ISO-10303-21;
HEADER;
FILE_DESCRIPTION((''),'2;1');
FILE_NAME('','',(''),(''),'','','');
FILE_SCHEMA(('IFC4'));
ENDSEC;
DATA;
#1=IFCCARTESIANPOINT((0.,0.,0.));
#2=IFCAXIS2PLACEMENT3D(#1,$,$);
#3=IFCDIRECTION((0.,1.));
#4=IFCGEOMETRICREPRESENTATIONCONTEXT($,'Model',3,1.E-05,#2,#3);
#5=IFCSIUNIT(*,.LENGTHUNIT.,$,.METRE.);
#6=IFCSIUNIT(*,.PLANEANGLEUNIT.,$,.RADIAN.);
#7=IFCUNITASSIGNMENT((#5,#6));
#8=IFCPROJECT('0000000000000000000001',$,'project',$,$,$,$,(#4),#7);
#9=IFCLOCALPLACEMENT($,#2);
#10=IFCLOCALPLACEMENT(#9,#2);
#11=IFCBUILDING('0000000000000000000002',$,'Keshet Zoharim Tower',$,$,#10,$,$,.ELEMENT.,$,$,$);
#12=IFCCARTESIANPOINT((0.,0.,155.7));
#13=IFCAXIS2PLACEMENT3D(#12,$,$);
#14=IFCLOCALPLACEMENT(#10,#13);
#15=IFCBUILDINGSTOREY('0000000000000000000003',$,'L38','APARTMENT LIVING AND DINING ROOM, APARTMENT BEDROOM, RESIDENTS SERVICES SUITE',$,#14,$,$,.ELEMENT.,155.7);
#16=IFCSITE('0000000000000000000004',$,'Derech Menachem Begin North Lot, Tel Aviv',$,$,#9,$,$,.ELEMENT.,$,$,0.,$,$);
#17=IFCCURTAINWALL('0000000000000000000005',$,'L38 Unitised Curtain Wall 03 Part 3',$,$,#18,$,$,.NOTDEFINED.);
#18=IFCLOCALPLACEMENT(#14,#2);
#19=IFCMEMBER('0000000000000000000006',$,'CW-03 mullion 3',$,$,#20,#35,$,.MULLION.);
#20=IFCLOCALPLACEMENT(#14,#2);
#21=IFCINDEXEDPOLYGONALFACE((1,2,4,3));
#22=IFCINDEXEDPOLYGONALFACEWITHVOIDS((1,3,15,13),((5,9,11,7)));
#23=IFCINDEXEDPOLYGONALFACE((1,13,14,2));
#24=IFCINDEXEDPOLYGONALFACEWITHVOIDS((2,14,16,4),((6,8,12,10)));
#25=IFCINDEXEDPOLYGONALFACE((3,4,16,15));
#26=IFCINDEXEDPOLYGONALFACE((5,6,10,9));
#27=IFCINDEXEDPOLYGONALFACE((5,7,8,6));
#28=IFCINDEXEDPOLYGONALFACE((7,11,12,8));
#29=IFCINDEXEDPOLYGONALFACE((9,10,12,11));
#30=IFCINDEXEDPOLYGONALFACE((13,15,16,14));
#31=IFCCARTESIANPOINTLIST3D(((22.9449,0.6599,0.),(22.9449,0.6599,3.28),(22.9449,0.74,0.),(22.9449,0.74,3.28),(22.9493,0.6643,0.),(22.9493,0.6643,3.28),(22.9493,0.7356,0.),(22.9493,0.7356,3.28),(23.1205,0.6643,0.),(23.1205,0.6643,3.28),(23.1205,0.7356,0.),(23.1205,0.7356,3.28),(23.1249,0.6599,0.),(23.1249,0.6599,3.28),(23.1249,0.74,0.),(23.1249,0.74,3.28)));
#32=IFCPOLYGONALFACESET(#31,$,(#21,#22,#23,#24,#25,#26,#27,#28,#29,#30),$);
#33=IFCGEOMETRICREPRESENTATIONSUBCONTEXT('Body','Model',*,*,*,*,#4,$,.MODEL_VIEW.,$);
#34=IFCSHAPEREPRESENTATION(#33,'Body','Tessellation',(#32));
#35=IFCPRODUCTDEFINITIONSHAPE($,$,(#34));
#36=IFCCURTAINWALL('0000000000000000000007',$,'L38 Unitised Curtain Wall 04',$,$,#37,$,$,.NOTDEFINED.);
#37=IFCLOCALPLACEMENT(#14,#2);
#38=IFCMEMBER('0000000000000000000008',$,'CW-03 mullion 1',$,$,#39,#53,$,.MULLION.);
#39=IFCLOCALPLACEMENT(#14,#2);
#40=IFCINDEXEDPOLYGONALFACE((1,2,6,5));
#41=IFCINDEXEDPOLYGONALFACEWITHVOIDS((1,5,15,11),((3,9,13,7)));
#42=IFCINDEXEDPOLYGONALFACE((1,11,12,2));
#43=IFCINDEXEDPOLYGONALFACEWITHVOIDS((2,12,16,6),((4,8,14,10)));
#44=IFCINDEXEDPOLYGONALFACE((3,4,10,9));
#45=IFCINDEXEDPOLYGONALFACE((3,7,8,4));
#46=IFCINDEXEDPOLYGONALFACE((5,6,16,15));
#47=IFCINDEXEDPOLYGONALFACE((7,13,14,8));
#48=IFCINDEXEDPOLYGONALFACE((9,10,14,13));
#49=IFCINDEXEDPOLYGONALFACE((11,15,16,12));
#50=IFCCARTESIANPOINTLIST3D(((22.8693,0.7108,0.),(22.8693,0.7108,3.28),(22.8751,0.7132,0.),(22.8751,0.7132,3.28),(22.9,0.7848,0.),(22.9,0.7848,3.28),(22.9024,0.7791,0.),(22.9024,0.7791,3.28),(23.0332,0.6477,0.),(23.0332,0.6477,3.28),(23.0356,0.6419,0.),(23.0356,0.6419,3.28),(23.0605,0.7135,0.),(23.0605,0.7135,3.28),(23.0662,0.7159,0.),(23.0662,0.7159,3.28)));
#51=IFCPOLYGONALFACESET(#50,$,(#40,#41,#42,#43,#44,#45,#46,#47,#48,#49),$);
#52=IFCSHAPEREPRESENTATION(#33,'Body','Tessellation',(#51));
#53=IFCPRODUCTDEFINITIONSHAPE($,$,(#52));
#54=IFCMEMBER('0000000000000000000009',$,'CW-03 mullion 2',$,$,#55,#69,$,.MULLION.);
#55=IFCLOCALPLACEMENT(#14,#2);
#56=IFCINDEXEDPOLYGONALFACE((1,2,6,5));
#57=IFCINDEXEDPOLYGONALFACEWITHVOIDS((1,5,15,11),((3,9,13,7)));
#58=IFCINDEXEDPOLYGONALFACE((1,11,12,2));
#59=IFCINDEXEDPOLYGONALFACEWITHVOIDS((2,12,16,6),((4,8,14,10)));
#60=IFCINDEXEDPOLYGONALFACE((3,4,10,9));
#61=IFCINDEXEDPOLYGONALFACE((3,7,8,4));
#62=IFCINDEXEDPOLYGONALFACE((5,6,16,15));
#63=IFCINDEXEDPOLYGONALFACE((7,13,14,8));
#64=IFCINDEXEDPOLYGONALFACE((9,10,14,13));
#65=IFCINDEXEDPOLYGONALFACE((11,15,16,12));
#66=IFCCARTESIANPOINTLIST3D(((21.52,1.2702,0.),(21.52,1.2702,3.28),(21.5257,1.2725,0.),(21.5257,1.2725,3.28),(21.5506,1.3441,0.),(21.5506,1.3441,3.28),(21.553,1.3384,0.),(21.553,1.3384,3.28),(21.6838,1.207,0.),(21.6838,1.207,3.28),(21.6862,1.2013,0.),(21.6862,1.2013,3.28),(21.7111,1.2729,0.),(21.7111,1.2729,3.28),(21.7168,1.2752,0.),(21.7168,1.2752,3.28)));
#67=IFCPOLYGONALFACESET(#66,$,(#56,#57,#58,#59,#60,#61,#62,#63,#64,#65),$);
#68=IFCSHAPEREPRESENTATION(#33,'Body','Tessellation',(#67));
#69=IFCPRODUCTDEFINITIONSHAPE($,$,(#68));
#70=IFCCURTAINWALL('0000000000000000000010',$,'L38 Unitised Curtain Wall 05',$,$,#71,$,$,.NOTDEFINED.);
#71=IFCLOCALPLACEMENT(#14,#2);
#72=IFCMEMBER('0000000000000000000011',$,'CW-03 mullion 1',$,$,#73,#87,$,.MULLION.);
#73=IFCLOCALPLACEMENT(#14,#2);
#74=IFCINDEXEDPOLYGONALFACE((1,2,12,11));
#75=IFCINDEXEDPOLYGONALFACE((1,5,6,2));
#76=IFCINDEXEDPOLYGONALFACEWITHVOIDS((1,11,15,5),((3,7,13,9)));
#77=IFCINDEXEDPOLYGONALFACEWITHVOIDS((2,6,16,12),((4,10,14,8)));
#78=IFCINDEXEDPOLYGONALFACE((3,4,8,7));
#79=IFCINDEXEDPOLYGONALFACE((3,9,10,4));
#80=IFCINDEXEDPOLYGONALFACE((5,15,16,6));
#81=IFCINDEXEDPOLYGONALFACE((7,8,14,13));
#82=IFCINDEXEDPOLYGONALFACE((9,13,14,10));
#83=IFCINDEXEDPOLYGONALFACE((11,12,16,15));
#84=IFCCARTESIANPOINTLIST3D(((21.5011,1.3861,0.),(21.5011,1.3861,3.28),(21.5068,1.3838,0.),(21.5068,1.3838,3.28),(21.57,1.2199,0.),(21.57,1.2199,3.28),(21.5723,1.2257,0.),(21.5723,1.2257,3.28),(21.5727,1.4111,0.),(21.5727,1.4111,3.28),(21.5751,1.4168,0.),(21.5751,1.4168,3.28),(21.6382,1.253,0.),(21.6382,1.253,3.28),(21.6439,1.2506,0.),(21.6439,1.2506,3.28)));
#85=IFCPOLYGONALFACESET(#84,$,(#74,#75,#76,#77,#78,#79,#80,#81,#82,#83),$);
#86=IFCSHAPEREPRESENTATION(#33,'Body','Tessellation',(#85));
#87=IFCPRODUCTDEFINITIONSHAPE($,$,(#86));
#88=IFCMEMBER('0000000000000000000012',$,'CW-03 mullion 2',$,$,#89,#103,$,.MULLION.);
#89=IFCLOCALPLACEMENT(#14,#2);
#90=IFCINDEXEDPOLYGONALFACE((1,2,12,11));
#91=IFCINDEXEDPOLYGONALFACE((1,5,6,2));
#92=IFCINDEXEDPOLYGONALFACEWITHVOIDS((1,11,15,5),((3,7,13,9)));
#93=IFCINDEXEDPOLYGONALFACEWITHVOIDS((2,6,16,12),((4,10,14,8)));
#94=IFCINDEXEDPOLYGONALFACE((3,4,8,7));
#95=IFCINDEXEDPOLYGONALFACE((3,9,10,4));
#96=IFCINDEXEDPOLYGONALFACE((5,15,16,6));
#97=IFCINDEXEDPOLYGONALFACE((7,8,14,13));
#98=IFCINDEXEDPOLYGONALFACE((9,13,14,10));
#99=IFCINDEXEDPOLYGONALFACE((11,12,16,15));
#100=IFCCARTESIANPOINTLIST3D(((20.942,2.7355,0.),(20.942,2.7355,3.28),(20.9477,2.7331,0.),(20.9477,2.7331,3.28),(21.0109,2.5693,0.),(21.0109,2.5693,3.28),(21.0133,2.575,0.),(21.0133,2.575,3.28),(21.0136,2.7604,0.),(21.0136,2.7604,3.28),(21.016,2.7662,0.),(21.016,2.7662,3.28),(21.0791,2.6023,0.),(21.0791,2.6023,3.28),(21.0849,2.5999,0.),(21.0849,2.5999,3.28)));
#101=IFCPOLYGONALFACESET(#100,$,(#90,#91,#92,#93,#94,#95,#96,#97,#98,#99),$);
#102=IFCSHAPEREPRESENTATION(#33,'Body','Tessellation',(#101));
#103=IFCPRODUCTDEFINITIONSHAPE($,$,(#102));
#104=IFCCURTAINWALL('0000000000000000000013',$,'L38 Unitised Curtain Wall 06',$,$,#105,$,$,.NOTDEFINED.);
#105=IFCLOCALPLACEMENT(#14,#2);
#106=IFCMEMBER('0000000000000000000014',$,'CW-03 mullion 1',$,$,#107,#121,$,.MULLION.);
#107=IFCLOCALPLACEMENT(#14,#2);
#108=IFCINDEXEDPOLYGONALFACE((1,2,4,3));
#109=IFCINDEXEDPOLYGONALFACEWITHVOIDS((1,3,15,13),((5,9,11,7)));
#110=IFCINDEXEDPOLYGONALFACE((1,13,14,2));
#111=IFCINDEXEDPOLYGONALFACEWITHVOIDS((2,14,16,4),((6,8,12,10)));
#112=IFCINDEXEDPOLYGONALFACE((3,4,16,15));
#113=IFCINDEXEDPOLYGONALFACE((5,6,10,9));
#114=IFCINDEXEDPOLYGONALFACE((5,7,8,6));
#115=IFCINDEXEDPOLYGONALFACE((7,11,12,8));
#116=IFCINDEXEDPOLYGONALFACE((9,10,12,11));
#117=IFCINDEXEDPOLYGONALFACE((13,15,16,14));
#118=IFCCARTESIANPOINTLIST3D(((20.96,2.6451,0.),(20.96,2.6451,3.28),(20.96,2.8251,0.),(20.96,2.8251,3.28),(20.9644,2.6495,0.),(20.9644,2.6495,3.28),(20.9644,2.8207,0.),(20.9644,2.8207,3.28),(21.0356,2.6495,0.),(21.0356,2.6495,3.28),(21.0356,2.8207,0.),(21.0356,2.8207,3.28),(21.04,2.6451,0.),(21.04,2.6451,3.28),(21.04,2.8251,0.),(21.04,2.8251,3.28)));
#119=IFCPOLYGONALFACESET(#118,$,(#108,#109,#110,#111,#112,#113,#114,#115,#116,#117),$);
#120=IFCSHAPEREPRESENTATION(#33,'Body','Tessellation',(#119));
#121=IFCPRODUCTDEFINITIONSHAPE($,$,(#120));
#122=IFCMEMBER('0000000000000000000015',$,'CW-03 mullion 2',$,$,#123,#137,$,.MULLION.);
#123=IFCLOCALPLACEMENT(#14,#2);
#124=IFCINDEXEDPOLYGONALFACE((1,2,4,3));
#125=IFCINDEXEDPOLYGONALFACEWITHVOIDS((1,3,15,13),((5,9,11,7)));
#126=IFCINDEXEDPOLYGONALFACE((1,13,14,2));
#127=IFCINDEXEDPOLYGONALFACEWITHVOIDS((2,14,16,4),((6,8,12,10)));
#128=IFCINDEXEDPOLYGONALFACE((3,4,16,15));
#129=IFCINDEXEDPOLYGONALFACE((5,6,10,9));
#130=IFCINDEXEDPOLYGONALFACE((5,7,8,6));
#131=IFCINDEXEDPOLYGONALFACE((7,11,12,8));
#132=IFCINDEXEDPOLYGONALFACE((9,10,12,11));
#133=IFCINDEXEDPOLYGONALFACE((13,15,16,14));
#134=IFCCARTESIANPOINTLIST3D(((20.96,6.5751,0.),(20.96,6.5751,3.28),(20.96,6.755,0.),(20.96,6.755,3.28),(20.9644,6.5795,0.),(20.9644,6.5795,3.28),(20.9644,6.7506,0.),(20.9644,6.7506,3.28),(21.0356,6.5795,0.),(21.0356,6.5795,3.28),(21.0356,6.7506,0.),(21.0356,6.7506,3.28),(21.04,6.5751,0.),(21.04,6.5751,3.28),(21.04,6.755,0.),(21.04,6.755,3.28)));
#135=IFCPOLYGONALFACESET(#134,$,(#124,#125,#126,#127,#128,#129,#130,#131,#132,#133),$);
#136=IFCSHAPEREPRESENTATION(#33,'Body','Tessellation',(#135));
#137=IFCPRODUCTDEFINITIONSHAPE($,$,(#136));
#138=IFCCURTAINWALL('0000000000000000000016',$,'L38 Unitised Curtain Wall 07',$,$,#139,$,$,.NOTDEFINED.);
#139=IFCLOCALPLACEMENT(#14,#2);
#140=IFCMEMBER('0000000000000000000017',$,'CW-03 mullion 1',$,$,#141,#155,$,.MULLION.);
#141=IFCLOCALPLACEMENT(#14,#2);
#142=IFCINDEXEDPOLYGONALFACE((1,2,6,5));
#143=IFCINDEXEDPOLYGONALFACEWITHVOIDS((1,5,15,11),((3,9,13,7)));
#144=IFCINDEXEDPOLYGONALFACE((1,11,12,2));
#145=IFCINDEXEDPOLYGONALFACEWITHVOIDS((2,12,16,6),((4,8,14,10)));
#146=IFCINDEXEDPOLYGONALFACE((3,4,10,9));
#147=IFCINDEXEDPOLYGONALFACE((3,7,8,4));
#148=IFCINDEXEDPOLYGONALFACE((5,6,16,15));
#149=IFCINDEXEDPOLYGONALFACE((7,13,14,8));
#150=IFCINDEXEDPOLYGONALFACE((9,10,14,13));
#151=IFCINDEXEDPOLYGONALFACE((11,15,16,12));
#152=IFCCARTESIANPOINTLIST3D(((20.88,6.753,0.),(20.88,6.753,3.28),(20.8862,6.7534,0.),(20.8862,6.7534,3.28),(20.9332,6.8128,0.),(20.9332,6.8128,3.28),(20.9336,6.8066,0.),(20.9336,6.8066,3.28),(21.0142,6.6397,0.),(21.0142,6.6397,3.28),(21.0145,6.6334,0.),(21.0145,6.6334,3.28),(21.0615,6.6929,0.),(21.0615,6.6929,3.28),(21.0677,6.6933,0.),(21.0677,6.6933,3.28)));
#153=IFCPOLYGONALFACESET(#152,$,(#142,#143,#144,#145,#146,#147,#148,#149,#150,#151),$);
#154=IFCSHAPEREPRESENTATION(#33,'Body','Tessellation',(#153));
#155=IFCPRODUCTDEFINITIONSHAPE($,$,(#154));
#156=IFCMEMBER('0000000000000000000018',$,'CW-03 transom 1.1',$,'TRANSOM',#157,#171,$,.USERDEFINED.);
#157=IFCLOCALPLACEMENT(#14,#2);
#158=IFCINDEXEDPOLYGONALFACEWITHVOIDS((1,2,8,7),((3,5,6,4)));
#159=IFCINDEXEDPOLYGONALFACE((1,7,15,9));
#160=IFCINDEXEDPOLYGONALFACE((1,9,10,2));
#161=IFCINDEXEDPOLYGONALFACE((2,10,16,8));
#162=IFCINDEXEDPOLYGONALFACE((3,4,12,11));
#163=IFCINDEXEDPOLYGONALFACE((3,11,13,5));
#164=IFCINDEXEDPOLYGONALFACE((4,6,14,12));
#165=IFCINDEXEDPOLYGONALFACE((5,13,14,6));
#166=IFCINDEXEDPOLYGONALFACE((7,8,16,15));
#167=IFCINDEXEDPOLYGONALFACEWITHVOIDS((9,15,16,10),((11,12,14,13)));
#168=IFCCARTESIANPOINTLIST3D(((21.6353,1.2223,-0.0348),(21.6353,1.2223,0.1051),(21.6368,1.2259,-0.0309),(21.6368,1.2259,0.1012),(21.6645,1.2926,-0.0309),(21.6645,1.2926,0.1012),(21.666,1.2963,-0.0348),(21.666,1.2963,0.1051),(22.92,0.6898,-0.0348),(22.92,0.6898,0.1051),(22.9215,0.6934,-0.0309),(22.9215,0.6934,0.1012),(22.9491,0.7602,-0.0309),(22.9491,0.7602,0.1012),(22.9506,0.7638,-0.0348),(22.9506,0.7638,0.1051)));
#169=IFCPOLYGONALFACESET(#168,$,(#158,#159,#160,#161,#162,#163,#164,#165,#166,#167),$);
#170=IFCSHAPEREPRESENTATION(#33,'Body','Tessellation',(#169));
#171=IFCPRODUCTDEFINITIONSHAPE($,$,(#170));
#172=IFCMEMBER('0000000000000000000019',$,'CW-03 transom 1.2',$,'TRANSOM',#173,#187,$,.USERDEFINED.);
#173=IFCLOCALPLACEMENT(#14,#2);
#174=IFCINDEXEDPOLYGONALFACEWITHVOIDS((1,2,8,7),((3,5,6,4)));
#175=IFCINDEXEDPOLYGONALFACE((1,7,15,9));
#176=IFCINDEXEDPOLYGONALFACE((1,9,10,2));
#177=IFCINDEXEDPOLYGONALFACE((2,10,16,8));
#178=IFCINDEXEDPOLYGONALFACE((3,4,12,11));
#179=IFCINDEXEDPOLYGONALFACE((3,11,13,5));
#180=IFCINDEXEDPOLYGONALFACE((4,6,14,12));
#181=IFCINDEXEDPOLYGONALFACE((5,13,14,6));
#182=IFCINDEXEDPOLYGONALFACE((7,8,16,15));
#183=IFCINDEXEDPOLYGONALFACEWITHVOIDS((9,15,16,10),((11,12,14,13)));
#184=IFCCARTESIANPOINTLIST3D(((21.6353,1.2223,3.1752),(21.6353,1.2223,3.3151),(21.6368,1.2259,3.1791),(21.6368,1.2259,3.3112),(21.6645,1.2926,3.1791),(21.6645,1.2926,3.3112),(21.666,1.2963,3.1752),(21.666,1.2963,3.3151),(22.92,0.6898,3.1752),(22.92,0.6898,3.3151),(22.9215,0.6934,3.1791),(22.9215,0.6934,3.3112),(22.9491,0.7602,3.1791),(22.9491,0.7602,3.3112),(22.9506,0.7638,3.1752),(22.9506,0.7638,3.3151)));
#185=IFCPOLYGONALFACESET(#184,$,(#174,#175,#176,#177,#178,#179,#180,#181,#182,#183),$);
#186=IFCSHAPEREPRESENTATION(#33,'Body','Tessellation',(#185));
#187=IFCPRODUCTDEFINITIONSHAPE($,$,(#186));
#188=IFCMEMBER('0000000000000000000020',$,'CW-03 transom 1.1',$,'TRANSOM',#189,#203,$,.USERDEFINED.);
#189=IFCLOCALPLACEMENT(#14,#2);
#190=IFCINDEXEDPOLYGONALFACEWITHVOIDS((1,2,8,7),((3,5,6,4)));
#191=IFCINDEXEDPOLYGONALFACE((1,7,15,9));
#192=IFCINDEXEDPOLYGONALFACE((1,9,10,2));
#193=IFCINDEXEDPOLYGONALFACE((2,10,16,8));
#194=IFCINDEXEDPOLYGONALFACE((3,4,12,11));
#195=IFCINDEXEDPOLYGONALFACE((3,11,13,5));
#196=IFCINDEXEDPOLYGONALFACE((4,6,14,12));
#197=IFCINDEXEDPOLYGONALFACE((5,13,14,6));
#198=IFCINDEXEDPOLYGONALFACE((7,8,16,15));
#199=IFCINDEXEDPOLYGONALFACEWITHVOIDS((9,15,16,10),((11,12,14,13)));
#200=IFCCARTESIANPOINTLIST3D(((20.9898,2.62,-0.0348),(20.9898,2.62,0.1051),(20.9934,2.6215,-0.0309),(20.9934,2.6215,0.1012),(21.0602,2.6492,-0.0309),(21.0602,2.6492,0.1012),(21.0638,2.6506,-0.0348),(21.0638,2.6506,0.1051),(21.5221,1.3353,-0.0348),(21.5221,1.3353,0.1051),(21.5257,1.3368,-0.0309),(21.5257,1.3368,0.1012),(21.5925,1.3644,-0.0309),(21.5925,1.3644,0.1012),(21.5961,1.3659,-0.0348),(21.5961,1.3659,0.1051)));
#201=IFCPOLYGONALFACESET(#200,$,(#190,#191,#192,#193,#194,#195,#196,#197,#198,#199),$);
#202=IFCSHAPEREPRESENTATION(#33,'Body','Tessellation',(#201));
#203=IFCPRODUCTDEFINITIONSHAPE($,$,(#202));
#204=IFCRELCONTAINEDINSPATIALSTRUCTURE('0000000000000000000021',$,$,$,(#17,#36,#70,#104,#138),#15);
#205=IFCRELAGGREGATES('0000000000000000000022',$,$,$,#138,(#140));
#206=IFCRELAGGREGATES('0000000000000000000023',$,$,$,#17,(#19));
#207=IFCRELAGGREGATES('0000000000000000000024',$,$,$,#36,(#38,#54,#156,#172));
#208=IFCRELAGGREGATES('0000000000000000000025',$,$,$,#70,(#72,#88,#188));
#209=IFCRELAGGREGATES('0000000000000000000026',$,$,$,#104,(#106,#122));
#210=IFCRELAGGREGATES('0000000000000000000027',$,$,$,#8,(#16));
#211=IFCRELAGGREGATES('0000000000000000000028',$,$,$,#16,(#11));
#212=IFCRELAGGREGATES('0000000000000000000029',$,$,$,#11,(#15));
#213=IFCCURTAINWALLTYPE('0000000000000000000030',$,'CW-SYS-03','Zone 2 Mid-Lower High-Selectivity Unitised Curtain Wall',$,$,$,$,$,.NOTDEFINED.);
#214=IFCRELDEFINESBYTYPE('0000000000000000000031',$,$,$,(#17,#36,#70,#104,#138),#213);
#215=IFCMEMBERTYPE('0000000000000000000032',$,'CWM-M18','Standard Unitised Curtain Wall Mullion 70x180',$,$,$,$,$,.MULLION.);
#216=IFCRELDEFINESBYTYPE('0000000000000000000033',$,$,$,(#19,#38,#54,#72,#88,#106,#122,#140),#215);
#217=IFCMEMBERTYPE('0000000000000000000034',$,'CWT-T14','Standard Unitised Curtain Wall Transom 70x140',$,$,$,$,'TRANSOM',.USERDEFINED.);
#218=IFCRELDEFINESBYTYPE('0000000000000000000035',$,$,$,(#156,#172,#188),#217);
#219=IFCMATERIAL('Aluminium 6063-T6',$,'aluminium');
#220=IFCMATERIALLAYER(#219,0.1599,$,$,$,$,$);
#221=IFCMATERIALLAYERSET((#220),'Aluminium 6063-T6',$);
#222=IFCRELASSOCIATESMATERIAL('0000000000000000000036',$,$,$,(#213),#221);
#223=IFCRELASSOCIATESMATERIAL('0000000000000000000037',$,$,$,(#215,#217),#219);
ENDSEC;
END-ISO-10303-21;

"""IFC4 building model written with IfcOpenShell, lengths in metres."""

from ifc_helpers import new_model, si_unit, direction, frame, origin, origin_2d, place, context, subcontext, project, spatial, hollow_rectangle, extrude, material, layer, layer_set, material_profile, profile_set, type_object, element, aggregate, save


model = new_model("IFC4")

# Units and contexts
model_context = context("Model", 3, precision=1e-05, world=origin(), true_north=direction((0.0, 1.0)))
body_context = subcontext(model_context, "Body", "Model", "MODEL_VIEW")
ifc_project = project(units=[si_unit("LENGTHUNIT", "METRE"), si_unit("PLANEANGLEUNIT", "RADIAN")], contexts=[model_context])

# Site, building, storey
site_placement = place(None, origin())
site = spatial("IfcSite", under=ifc_project, at=site_placement, Name="Derech Menachem Begin North Lot, Tel Aviv", CompositionType="ELEMENT", RefElevation=0.0)
building_placement = place(site_placement, origin())
building = spatial("IfcBuilding", under=site, at=building_placement, Name="Keshet Zoharim Tower", CompositionType="ELEMENT")
storey_placement = place(building_placement, frame((0.0, 0.0, 155.7)))
storey = spatial("IfcBuildingStorey", under=building, at=storey_placement, Name="L38", Description="APARTMENT LIVING AND DINING ROOM, APARTMENT BEDROOM, RESIDENTS SERVICES SUITE", CompositionType="ELEMENT", Elevation=155.7)

# Curtain wall, member
ifc_material_1 = material(Name="Aluminium 6063-T6", Category="aluminium")
ifc_layer_1 = layer(ifc_material_1, 0.1599)
ifc_layer_set_1 = layer_set([ifc_layer_1], Name="Aluminium 6063-T6")
curtain_wall_type = type_object("IfcCurtainWallType", Name="CW-SYS-03", Description="Zone 2 Mid-Lower High-Selectivity Unitised Curtain Wall", PredefinedType="NOTDEFINED", material=ifc_layer_set_1)
curtain_wall_1_placement = place(storey_placement, origin())
curtain_wall_1 = element("IfcCurtainWall", 1, at=curtain_wall_1_placement, inside=storey, type_object=curtain_wall_type, Name="L38 Unitised Curtain Wall 03 Part 3", PredefinedType="NOTDEFINED")
ifc_material_profile_1 = material_profile(ifc_material_1, hollow_rectangle(XDim=0.0801, YDim=0.1799, WallThickness=0.0044, at=origin_2d()), Name="MUL-80x180")
ifc_profile_set_1 = profile_set([ifc_material_profile_1], Name="Aluminium 6063-T6")
member_type_1 = type_object("IfcMemberType", Name="CWM-M18", Description="Standard Unitised Curtain Wall Mullion 70x180", PredefinedType="MULLION", material=ifc_profile_set_1)
member_1_placement = place(storey_placement, frame((23.0349, 0.7, 0.0), z_axis=(0.0, 0.0, 1.0), x_axis=(0.0, -1.0, 0.0)))
member_1 = element("IfcMember", 2, at=member_1_placement, type_object=member_type_1, Name="CW-03 mullion 3", PredefinedType="MULLION", context=body_context, shape_type="SweptSolid", body=[
    extrude(hollow_rectangle(XDim=0.0801, YDim=0.1799, WallThickness=0.0044, at=origin_2d()), origin(), (0.0, 0.0, 1.0), 3.28),
])

# Curtain walls, members
curtain_wall_2_placement = place(storey_placement, origin())
curtain_wall_2 = element("IfcCurtainWall", 3, at=curtain_wall_2_placement, inside=storey, type_object=curtain_wall_type, Name="L38 Unitised Curtain Wall 04", PredefinedType="NOTDEFINED")
member_2_placement = place(storey_placement, frame((22.9678, 0.7134, 0.0), z_axis=(0.0, 0.0, 1.0), x_axis=(-0.382852, -0.92381, 0.0)))
member_2 = element("IfcMember", 4, at=member_2_placement, type_object=member_type_1, Name="CW-03 mullion 1", PredefinedType="MULLION", context=body_context, shape_type="SweptSolid", body=[
    extrude(hollow_rectangle(XDim=0.0801, YDim=0.1799, WallThickness=0.0044, at=origin_2d()), origin(), (0.0, 0.0, 1.0), 3.28),
])
member_3_placement = place(storey_placement, frame((21.6184, 1.2727, 0.0), z_axis=(0.0, 0.0, 1.0), x_axis=(-0.382852, -0.92381, 0.0)))
member_3 = element("IfcMember", 5, at=member_3_placement, type_object=member_type_1, Name="CW-03 mullion 2", PredefinedType="MULLION", context=body_context, shape_type="SweptSolid", body=[
    extrude(hollow_rectangle(XDim=0.0801, YDim=0.1799, WallThickness=0.0044, at=origin_2d()), origin(), (0.0, 0.0, 1.0), 3.28),
])
curtain_wall_3_placement = place(storey_placement, origin())
curtain_wall_3 = element("IfcCurtainWall", 6, at=curtain_wall_3_placement, inside=storey, type_object=curtain_wall_type, Name="L38 Unitised Curtain Wall 05", PredefinedType="NOTDEFINED")
member_4_placement = place(storey_placement, frame((21.5725, 1.3184, 0.0), z_axis=(0.0, 0.0, 1.0), x_axis=(-0.92381, -0.382852, 0.0)))
member_4 = element("IfcMember", 7, at=member_4_placement, type_object=member_type_1, Name="CW-03 mullion 1", PredefinedType="MULLION", context=body_context, shape_type="SweptSolid", body=[
    extrude(hollow_rectangle(XDim=0.0801, YDim=0.1799, WallThickness=0.0044, at=origin_2d()), origin(), (0.0, 0.0, 1.0), 3.28),
])
member_5_placement = place(storey_placement, frame((21.0134, 2.6677, 0.0), z_axis=(0.0, 0.0, 1.0), x_axis=(-0.92381, -0.382852, 0.0)))
member_5 = element("IfcMember", 8, at=member_5_placement, type_object=member_type_1, Name="CW-03 mullion 2", PredefinedType="MULLION", context=body_context, shape_type="SweptSolid", body=[
    extrude(hollow_rectangle(XDim=0.0801, YDim=0.1799, WallThickness=0.0044, at=origin_2d()), origin(), (0.0, 0.0, 1.0), 3.28),
])
curtain_wall_4_placement = place(storey_placement, origin())
curtain_wall_4 = element("IfcCurtainWall", 9, at=curtain_wall_4_placement, inside=storey, type_object=curtain_wall_type, Name="L38 Unitised Curtain Wall 06", PredefinedType="NOTDEFINED")
member_6_placement = place(storey_placement, frame((21.0, 2.7351, 0.0), z_axis=(0.0, 0.0, 1.0), x_axis=(-1.0, 0.0, 0.0)))
member_6 = element("IfcMember", 10, at=member_6_placement, type_object=member_type_1, Name="CW-03 mullion 1", PredefinedType="MULLION", context=body_context, shape_type="SweptSolid", body=[
    extrude(hollow_rectangle(XDim=0.0801, YDim=0.1799, WallThickness=0.0044, at=origin_2d()), origin(), (0.0, 0.0, 1.0), 3.28),
])
member_7_placement = place(storey_placement, frame((21.0, 6.665, 0.0), z_axis=(0.0, 0.0, 1.0), x_axis=(-1.0, 0.0, 0.0)))
member_7 = element("IfcMember", 11, at=member_7_placement, type_object=member_type_1, Name="CW-03 mullion 2", PredefinedType="MULLION", context=body_context, shape_type="SweptSolid", body=[
    extrude(hollow_rectangle(XDim=0.0801, YDim=0.1799, WallThickness=0.0044, at=origin_2d()), origin(), (0.0, 0.0, 1.0), 3.28),
])

# Curtain wall, member
curtain_wall_5_placement = place(storey_placement, origin())
curtain_wall_5 = element("IfcCurtainWall", 12, at=curtain_wall_5_placement, inside=storey, type_object=curtain_wall_type, Name="L38 Unitised Curtain Wall 07", PredefinedType="NOTDEFINED")
member_8_placement = place(storey_placement, frame((20.9739, 6.7231, 0.0), z_axis=(0.0, 0.0, 1.0), x_axis=(-0.664378, -0.747397, 0.0)))
member_8 = element("IfcMember", 13, at=member_8_placement, type_object=member_type_1, Name="CW-03 mullion 1", PredefinedType="MULLION", context=body_context, shape_type="SweptSolid", body=[
    extrude(hollow_rectangle(XDim=0.0801, YDim=0.1799, WallThickness=0.0044, at=origin_2d()), origin(), (0.0, 0.0, 1.0), 3.28),
])

# Members
ifc_material_profile_2 = material_profile(ifc_material_1, hollow_rectangle(XDim=0.0801, YDim=0.1399, WallThickness=0.0039, at=origin_2d()), Name="TRN-80x140")
ifc_profile_set_2 = profile_set([ifc_material_profile_2], Name="Aluminium 6063-T6")
member_type_2 = type_object("IfcMemberType", Name="CWT-T14", Description="Standard Unitised Curtain Wall Transom 70x140", ElementType="TRANSOM", PredefinedType="USERDEFINED", material=ifc_profile_set_2)
member_9_placement = place(storey_placement, frame((22.9353, 0.7268, 0.0352), z_axis=(-0.923792, 0.382894, 0.0), x_axis=(-0.382894, -0.923792, 0.0)))
member_9 = element("IfcMember", 14, at=member_9_placement, type_object=member_type_2, Name="CW-03 transom 1.1", ObjectType="TRANSOM", PredefinedType="USERDEFINED", context=body_context, shape_type="SweptSolid", body=[
    extrude(hollow_rectangle(XDim=0.0801, YDim=0.1399, WallThickness=0.0039, at=origin_2d()), origin(), (0.0, 0.0, 1.0), 1.3906),
])
member_10_placement = place(storey_placement, frame((22.9353, 0.7268, 3.2451), z_axis=(-0.923792, 0.382894, 0.0), x_axis=(-0.382894, -0.923792, 0.0)))
member_10 = element("IfcMember", 15, at=member_10_placement, type_object=member_type_2, Name="CW-03 transom 1.2", ObjectType="TRANSOM", PredefinedType="USERDEFINED", context=body_context, shape_type="SweptSolid", body=[
    extrude(hollow_rectangle(XDim=0.0801, YDim=0.1399, WallThickness=0.0039, at=origin_2d()), origin(), (0.0, 0.0, 1.0), 1.3906),
])
member_11_placement = place(storey_placement, frame((21.5591, 1.3506, 0.0352), z_axis=(-0.382745, 0.923854, 0.0), x_axis=(-0.923854, -0.382745, 0.0)))
member_11 = element("IfcMember", 16, at=member_11_placement, type_object=member_type_2, Name="CW-03 transom 1.1", ObjectType="TRANSOM", PredefinedType="USERDEFINED", context=body_context, shape_type="SweptSolid", body=[
    extrude(hollow_rectangle(XDim=0.0801, YDim=0.1399, WallThickness=0.0039, at=origin_2d()), origin(), (0.0, 0.0, 1.0), 1.3906),
])
aggregate(curtain_wall_5, [member_8])

aggregate(curtain_wall_1, [member_1])
aggregate(curtain_wall_2, [member_2, member_3, member_9, member_10])
aggregate(curtain_wall_3, [member_4, member_5, member_11])
aggregate(curtain_wall_4, [member_6, member_7])

save(model, "model.ifc")
